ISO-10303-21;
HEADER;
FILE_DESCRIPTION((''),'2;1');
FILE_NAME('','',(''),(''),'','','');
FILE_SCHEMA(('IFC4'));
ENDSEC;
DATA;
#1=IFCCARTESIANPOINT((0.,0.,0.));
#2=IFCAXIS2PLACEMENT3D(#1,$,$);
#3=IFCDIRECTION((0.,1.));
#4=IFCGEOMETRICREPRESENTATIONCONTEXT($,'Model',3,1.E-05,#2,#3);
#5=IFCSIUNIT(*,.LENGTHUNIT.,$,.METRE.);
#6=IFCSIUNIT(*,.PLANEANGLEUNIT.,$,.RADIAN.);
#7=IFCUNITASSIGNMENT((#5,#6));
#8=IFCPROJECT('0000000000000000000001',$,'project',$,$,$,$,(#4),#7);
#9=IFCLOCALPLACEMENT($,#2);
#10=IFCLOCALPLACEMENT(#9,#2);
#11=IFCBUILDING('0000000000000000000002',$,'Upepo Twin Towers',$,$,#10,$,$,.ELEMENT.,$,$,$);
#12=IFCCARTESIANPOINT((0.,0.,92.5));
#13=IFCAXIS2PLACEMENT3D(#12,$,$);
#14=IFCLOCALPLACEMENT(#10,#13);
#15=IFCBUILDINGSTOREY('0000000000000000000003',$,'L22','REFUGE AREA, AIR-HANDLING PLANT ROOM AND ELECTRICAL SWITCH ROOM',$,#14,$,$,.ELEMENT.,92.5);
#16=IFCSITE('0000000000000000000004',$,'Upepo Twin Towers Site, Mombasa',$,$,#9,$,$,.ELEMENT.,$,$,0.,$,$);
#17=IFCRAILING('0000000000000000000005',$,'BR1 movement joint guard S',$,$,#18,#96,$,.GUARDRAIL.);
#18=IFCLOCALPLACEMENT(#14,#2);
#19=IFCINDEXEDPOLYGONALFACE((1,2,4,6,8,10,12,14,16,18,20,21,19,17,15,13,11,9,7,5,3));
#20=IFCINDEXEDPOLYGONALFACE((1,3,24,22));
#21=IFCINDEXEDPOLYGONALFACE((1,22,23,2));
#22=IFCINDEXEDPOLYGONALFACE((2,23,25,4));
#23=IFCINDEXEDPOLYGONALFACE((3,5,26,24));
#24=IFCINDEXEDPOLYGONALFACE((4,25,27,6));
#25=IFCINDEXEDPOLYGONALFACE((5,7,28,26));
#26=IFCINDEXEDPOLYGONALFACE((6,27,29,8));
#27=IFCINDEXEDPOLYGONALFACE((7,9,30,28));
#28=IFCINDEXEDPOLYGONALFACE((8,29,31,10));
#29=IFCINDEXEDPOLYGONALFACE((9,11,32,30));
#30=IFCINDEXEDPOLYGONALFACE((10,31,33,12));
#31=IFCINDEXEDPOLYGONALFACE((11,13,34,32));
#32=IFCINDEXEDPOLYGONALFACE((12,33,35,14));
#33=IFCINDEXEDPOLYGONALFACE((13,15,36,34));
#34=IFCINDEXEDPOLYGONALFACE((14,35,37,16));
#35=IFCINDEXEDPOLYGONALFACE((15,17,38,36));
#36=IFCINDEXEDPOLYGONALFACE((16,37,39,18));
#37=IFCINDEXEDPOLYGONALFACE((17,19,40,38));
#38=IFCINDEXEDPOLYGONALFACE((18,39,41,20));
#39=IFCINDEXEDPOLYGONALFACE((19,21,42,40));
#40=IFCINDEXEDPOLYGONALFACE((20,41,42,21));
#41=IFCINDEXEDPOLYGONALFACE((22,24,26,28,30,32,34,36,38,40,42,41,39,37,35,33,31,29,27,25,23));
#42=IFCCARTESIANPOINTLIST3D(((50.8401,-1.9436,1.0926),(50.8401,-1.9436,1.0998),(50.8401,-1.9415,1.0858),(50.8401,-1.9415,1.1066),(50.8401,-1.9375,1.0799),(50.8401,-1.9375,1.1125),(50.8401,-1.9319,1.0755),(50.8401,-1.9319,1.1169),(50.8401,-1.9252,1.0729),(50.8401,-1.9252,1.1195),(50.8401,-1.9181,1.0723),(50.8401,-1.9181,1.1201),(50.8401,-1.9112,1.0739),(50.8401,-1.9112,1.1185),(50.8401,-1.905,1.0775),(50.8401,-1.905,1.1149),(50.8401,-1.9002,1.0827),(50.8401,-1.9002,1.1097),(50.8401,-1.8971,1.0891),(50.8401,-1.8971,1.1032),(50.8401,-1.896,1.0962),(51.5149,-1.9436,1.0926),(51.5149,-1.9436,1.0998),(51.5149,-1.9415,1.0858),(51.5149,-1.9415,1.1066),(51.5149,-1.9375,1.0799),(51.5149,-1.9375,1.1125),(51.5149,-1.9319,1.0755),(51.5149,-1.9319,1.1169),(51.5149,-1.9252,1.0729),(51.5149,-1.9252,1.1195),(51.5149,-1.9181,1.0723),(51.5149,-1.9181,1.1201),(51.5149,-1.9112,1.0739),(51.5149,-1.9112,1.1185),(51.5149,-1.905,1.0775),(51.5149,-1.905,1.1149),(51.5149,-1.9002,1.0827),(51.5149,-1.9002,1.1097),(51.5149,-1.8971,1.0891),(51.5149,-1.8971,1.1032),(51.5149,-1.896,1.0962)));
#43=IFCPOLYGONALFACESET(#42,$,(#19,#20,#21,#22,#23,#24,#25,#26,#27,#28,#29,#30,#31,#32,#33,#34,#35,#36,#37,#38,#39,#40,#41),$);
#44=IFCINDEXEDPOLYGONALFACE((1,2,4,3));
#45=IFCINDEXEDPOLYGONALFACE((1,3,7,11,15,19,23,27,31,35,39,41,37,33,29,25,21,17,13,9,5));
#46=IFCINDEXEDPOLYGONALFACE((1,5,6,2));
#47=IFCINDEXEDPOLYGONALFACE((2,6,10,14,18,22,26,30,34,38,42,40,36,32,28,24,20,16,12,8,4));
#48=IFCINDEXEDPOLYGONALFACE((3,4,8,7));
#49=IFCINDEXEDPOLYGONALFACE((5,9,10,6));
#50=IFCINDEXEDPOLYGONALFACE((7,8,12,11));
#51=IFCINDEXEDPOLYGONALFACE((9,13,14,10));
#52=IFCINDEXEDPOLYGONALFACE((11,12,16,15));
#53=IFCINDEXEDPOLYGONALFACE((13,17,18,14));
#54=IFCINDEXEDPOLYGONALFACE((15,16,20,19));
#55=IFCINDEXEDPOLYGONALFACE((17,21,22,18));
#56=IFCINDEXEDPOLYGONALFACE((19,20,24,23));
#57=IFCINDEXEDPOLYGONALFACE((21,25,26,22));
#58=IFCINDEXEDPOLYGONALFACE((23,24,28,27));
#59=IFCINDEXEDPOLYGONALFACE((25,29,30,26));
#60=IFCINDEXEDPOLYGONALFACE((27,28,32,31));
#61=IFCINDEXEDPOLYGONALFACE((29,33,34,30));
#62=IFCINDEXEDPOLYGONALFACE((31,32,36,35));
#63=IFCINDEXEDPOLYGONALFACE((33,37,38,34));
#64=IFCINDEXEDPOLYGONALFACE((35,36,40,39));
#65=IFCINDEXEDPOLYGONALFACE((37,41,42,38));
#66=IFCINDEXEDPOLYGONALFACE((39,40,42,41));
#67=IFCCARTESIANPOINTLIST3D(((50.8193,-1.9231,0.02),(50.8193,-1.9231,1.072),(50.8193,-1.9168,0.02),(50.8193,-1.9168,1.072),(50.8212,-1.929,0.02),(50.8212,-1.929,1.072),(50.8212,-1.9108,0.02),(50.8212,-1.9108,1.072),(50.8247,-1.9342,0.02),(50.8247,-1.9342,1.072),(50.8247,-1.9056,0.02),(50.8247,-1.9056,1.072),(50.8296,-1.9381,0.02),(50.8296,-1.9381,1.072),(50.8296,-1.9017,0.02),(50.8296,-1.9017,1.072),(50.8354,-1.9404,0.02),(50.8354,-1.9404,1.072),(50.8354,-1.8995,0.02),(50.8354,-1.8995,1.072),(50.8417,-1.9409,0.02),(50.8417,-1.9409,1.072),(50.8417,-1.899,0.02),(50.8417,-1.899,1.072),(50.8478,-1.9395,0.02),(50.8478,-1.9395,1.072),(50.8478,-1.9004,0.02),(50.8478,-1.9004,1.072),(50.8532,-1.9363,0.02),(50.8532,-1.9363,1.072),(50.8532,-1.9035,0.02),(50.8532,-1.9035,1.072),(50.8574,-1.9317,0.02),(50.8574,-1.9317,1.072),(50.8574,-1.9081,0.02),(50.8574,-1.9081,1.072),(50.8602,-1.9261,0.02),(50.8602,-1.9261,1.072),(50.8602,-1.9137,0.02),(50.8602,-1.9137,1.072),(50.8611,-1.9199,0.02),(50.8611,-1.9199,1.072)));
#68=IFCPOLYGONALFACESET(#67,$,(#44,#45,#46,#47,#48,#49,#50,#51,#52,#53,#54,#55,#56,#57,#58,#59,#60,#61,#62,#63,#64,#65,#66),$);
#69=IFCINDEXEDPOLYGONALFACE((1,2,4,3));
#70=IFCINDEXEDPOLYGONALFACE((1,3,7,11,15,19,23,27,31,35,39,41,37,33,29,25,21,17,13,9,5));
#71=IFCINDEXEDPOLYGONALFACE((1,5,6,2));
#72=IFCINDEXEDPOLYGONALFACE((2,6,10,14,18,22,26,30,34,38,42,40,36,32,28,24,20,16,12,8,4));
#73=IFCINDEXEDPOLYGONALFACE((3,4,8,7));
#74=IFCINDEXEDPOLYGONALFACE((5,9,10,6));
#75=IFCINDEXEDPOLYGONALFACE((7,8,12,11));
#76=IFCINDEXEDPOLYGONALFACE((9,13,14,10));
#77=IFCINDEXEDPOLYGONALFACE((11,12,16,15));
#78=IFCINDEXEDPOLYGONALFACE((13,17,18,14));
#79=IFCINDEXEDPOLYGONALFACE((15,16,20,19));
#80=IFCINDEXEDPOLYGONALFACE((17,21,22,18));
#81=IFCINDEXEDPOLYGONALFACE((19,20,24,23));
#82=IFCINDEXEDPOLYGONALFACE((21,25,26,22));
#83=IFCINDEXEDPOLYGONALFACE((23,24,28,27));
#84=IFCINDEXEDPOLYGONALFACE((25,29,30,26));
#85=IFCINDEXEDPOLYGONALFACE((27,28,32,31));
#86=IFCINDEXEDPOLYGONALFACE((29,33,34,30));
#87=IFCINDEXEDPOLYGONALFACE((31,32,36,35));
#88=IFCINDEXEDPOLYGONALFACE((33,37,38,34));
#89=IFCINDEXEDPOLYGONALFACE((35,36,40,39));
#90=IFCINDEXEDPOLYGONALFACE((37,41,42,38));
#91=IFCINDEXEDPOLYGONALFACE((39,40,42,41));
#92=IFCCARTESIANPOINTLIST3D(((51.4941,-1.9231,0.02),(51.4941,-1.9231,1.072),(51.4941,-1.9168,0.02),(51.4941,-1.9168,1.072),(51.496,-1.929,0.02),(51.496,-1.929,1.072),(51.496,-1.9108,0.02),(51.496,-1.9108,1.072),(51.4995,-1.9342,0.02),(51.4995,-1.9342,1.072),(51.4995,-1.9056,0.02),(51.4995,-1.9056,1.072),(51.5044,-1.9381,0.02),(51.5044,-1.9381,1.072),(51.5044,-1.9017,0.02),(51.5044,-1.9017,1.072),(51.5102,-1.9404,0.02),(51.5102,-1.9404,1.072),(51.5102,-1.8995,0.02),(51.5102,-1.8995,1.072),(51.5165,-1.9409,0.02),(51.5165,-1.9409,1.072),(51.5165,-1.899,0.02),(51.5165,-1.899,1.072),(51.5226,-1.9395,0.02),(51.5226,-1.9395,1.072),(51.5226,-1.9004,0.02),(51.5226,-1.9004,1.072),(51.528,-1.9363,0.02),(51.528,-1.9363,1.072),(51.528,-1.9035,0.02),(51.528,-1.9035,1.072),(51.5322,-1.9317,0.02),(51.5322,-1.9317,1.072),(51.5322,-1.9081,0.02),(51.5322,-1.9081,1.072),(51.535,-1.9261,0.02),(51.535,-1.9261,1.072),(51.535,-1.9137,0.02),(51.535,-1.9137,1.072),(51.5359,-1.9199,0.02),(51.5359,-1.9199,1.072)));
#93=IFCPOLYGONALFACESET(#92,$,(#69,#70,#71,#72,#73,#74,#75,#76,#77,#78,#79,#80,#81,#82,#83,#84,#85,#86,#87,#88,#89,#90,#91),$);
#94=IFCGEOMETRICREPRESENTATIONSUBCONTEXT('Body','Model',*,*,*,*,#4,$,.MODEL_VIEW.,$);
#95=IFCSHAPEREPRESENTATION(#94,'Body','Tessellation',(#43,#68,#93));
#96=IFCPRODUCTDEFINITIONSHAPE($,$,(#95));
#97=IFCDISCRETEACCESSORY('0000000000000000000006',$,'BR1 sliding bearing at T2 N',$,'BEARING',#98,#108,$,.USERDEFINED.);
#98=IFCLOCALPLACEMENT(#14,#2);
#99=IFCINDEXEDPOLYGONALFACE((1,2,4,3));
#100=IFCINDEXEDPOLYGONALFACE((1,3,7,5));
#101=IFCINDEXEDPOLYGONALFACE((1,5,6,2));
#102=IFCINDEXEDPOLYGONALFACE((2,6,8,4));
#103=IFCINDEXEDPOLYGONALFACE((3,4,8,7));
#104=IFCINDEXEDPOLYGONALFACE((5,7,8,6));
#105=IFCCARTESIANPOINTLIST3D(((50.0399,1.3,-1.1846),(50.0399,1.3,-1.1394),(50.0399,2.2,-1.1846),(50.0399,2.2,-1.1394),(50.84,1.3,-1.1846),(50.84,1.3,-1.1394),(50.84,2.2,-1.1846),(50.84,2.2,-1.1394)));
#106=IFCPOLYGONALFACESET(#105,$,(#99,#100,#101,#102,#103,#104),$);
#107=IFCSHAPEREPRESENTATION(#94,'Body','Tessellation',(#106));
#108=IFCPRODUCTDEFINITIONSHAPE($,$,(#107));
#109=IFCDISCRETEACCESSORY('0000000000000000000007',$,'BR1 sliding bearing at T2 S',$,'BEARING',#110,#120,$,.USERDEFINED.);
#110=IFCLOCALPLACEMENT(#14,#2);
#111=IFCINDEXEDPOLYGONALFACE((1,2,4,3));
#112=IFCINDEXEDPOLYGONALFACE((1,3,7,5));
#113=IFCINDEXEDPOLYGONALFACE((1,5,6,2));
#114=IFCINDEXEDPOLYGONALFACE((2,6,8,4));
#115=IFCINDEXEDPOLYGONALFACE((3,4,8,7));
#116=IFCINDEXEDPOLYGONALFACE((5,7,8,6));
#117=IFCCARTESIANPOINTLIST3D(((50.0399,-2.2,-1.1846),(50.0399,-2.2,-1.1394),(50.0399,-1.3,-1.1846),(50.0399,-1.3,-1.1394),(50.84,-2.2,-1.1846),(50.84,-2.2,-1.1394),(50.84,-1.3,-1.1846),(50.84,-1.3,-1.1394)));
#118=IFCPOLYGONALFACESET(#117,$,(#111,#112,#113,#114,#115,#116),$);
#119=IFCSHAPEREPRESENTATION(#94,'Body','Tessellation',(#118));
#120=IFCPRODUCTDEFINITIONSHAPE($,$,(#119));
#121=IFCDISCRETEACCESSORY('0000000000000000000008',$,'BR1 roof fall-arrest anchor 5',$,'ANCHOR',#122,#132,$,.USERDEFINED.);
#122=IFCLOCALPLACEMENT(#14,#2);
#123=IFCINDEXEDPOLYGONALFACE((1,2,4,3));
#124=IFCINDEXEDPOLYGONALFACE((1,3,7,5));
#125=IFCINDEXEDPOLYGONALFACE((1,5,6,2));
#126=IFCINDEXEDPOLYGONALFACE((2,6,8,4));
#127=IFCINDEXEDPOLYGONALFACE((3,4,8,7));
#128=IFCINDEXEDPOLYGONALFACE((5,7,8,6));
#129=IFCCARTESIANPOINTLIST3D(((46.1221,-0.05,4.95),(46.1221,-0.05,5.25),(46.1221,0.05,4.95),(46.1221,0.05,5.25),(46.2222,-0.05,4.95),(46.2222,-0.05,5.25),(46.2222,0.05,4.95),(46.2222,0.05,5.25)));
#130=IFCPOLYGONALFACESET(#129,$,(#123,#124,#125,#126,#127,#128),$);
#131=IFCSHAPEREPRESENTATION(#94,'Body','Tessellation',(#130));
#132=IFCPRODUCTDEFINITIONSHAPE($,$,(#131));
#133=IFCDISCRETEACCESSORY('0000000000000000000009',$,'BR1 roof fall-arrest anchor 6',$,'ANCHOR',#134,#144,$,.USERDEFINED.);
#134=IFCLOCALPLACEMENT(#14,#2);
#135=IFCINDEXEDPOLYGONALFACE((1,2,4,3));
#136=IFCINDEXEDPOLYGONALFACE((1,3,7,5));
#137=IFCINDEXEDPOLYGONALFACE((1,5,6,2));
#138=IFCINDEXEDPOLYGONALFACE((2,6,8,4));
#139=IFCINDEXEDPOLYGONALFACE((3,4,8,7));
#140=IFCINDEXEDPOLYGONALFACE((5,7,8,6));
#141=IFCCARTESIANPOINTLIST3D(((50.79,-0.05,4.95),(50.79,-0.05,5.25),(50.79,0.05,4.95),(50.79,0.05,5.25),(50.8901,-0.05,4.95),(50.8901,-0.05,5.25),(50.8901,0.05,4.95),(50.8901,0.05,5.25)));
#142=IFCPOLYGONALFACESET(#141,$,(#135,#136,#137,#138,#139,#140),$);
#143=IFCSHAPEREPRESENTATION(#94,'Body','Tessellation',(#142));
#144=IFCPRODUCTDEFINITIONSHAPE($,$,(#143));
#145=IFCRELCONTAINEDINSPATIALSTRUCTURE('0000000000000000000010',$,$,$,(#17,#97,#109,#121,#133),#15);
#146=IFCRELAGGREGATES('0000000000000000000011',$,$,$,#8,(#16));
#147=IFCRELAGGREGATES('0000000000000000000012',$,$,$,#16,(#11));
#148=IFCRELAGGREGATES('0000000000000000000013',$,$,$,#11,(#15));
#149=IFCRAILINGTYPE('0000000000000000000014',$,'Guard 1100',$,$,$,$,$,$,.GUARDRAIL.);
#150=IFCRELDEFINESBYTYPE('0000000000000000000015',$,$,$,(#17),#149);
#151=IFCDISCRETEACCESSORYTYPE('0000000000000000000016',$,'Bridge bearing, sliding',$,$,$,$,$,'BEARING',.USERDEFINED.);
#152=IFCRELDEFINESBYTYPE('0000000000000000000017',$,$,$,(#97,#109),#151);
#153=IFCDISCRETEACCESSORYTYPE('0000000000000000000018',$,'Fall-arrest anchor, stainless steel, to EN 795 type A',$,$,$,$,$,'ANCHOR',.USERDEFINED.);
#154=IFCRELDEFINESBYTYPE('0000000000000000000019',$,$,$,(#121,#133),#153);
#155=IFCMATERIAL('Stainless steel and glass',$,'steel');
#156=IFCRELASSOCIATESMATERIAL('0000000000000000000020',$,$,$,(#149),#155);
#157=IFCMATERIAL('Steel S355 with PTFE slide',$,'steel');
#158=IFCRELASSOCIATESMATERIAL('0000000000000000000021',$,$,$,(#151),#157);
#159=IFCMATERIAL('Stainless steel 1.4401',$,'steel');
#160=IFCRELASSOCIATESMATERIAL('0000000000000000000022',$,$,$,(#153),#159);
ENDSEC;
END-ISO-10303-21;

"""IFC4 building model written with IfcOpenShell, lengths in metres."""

from ifc_helpers import new_model, si_unit, direction, frame, origin, origin_2d, place, context, subcontext, project, spatial, rectangle, circle, extrude, material, material_profile, profile_set, type_object, element, save


model = new_model("IFC4")

# Units and contexts
model_context = context("Model", 3, precision=1e-05, world=origin(), true_north=direction((0.0, 1.0)))
body_context = subcontext(model_context, "Body", "Model", "MODEL_VIEW")
ifc_project = project(units=[si_unit("LENGTHUNIT", "METRE"), si_unit("PLANEANGLEUNIT", "RADIAN")], contexts=[model_context])

# Site, building, storey
site_placement = place(None, origin())
site = spatial("IfcSite", under=ifc_project, at=site_placement, Name="Upepo Twin Towers Site, Mombasa", CompositionType="ELEMENT", RefElevation=0.0)
building_placement = place(site_placement, origin())
building = spatial("IfcBuilding", under=site, at=building_placement, Name="Upepo Twin Towers", CompositionType="ELEMENT")
storey_placement = place(building_placement, frame((0.0, 0.0, 92.5)))
storey = spatial("IfcBuildingStorey", under=building, at=storey_placement, Name="L22", Description="REFUGE AREA, AIR-HANDLING PLANT ROOM AND ELECTRICAL SWITCH ROOM", CompositionType="ELEMENT", Elevation=92.5)

# Railing
ifc_material_1 = material(Name="Stainless steel and glass", Category="steel")
railing_type = type_object("IfcRailingType", Name="Guard 1100", PredefinedType="GUARDRAIL", material=ifc_material_1)
for number, where, name in (
    (1, (50.8401, -1.9199, 0.02), "BR1 movement joint guard S"),
):
    element("IfcRailing", number, at=place(storey_placement, frame(where)), inside=storey, type_object=railing_type, Name=name, PredefinedType="GUARDRAIL", context=body_context, shape_type="SweptSolid", body=[
        extrude(circle(Radius=0.0239, at=origin_2d()), frame((0.0, 0.0, 1.0762), z_axis=(1.0, 0.0, 0.0), x_axis=(0.0, 1.0, 0.0)), (0.0, 0.0, 1.0), 0.6748),
        extrude(circle(Radius=0.021, at=origin_2d()), origin(), (0.0, 0.0, 1.0), 1.052),
        extrude(circle(Radius=0.021, at=origin_2d()), frame((0.6748, 0.0, 0.0)), (0.0, 0.0, 1.0), 1.052),
    ])

# Discrete accessories
ifc_material_2 = material(Name="Steel S355 with PTFE slide", Category="steel")
ifc_material_profile_1 = material_profile(ifc_material_2, rectangle(XDim=0.8, YDim=0.8999, at=origin_2d()), Name="BEARING 800x900 SLIDING")
ifc_profile_set_1 = profile_set([ifc_material_profile_1], Name="Steel S355 with PTFE slide")
discrete_accessory_type_1 = type_object("IfcDiscreteAccessoryType", Name="Bridge bearing, sliding", ElementType="BEARING", PredefinedType="USERDEFINED", material=ifc_profile_set_1)
for number, where, z_axis, x_axis, name in (
    (2, (50.4399, 1.75, -1.1846), (0.0, 0.0, 1.0), (1.0, 0.0, 0.0), "BR1 sliding bearing at T2 N"),
    (3, (50.4399, -1.75, -1.1846), (0.0, 0.0, 1.0), (1.0, 0.0, 0.0), "BR1 sliding bearing at T2 S"),
):
    element("IfcDiscreteAccessory", number, at=place(storey_placement, frame(where, z_axis=z_axis, x_axis=x_axis)), inside=storey, type_object=discrete_accessory_type_1, Name=name, ObjectType="BEARING", PredefinedType="USERDEFINED", context=body_context, shape_type="SweptSolid", body=[
        extrude(rectangle(XDim=0.8, YDim=0.8999, at=origin_2d()), origin(), (0.0, 0.0, 1.0), 0.0452),
    ])
ifc_material_3 = material(Name="Stainless steel 1.4401", Category="steel")
ifc_material_profile_2 = material_profile(ifc_material_3, rectangle(XDim=0.1001, YDim=0.1001, at=origin_2d()), Name="ANCHOR POST 100x100")
ifc_profile_set_2 = profile_set([ifc_material_profile_2], Name="Stainless steel 1.4401")
discrete_accessory_type_2 = type_object("IfcDiscreteAccessoryType", Name="Fall-arrest anchor, stainless steel, to EN 795 type A", ElementType="ANCHOR", PredefinedType="USERDEFINED", material=ifc_profile_set_2)
for number, where, z_axis, x_axis, name in (
    (4, (46.1721, 0.0, 4.95), (0.0, 0.0, 1.0), (1.0, 0.0, 0.0), "BR1 roof fall-arrest anchor 5"),
    (5, (50.8401, 0.0, 4.95), (0.0, 0.0, 1.0), (1.0, 0.0, 0.0), "BR1 roof fall-arrest anchor 6"),
):
    element("IfcDiscreteAccessory", number, at=place(storey_placement, frame(where, z_axis=z_axis, x_axis=x_axis)), inside=storey, type_object=discrete_accessory_type_2, Name=name, ObjectType="ANCHOR", PredefinedType="USERDEFINED", context=body_context, shape_type="SweptSolid", body=[
        extrude(rectangle(XDim=0.1001, YDim=0.1001, at=origin_2d()), origin(), (0.0, 0.0, 1.0), 0.3),
    ])

save(model, "model.ifc")
